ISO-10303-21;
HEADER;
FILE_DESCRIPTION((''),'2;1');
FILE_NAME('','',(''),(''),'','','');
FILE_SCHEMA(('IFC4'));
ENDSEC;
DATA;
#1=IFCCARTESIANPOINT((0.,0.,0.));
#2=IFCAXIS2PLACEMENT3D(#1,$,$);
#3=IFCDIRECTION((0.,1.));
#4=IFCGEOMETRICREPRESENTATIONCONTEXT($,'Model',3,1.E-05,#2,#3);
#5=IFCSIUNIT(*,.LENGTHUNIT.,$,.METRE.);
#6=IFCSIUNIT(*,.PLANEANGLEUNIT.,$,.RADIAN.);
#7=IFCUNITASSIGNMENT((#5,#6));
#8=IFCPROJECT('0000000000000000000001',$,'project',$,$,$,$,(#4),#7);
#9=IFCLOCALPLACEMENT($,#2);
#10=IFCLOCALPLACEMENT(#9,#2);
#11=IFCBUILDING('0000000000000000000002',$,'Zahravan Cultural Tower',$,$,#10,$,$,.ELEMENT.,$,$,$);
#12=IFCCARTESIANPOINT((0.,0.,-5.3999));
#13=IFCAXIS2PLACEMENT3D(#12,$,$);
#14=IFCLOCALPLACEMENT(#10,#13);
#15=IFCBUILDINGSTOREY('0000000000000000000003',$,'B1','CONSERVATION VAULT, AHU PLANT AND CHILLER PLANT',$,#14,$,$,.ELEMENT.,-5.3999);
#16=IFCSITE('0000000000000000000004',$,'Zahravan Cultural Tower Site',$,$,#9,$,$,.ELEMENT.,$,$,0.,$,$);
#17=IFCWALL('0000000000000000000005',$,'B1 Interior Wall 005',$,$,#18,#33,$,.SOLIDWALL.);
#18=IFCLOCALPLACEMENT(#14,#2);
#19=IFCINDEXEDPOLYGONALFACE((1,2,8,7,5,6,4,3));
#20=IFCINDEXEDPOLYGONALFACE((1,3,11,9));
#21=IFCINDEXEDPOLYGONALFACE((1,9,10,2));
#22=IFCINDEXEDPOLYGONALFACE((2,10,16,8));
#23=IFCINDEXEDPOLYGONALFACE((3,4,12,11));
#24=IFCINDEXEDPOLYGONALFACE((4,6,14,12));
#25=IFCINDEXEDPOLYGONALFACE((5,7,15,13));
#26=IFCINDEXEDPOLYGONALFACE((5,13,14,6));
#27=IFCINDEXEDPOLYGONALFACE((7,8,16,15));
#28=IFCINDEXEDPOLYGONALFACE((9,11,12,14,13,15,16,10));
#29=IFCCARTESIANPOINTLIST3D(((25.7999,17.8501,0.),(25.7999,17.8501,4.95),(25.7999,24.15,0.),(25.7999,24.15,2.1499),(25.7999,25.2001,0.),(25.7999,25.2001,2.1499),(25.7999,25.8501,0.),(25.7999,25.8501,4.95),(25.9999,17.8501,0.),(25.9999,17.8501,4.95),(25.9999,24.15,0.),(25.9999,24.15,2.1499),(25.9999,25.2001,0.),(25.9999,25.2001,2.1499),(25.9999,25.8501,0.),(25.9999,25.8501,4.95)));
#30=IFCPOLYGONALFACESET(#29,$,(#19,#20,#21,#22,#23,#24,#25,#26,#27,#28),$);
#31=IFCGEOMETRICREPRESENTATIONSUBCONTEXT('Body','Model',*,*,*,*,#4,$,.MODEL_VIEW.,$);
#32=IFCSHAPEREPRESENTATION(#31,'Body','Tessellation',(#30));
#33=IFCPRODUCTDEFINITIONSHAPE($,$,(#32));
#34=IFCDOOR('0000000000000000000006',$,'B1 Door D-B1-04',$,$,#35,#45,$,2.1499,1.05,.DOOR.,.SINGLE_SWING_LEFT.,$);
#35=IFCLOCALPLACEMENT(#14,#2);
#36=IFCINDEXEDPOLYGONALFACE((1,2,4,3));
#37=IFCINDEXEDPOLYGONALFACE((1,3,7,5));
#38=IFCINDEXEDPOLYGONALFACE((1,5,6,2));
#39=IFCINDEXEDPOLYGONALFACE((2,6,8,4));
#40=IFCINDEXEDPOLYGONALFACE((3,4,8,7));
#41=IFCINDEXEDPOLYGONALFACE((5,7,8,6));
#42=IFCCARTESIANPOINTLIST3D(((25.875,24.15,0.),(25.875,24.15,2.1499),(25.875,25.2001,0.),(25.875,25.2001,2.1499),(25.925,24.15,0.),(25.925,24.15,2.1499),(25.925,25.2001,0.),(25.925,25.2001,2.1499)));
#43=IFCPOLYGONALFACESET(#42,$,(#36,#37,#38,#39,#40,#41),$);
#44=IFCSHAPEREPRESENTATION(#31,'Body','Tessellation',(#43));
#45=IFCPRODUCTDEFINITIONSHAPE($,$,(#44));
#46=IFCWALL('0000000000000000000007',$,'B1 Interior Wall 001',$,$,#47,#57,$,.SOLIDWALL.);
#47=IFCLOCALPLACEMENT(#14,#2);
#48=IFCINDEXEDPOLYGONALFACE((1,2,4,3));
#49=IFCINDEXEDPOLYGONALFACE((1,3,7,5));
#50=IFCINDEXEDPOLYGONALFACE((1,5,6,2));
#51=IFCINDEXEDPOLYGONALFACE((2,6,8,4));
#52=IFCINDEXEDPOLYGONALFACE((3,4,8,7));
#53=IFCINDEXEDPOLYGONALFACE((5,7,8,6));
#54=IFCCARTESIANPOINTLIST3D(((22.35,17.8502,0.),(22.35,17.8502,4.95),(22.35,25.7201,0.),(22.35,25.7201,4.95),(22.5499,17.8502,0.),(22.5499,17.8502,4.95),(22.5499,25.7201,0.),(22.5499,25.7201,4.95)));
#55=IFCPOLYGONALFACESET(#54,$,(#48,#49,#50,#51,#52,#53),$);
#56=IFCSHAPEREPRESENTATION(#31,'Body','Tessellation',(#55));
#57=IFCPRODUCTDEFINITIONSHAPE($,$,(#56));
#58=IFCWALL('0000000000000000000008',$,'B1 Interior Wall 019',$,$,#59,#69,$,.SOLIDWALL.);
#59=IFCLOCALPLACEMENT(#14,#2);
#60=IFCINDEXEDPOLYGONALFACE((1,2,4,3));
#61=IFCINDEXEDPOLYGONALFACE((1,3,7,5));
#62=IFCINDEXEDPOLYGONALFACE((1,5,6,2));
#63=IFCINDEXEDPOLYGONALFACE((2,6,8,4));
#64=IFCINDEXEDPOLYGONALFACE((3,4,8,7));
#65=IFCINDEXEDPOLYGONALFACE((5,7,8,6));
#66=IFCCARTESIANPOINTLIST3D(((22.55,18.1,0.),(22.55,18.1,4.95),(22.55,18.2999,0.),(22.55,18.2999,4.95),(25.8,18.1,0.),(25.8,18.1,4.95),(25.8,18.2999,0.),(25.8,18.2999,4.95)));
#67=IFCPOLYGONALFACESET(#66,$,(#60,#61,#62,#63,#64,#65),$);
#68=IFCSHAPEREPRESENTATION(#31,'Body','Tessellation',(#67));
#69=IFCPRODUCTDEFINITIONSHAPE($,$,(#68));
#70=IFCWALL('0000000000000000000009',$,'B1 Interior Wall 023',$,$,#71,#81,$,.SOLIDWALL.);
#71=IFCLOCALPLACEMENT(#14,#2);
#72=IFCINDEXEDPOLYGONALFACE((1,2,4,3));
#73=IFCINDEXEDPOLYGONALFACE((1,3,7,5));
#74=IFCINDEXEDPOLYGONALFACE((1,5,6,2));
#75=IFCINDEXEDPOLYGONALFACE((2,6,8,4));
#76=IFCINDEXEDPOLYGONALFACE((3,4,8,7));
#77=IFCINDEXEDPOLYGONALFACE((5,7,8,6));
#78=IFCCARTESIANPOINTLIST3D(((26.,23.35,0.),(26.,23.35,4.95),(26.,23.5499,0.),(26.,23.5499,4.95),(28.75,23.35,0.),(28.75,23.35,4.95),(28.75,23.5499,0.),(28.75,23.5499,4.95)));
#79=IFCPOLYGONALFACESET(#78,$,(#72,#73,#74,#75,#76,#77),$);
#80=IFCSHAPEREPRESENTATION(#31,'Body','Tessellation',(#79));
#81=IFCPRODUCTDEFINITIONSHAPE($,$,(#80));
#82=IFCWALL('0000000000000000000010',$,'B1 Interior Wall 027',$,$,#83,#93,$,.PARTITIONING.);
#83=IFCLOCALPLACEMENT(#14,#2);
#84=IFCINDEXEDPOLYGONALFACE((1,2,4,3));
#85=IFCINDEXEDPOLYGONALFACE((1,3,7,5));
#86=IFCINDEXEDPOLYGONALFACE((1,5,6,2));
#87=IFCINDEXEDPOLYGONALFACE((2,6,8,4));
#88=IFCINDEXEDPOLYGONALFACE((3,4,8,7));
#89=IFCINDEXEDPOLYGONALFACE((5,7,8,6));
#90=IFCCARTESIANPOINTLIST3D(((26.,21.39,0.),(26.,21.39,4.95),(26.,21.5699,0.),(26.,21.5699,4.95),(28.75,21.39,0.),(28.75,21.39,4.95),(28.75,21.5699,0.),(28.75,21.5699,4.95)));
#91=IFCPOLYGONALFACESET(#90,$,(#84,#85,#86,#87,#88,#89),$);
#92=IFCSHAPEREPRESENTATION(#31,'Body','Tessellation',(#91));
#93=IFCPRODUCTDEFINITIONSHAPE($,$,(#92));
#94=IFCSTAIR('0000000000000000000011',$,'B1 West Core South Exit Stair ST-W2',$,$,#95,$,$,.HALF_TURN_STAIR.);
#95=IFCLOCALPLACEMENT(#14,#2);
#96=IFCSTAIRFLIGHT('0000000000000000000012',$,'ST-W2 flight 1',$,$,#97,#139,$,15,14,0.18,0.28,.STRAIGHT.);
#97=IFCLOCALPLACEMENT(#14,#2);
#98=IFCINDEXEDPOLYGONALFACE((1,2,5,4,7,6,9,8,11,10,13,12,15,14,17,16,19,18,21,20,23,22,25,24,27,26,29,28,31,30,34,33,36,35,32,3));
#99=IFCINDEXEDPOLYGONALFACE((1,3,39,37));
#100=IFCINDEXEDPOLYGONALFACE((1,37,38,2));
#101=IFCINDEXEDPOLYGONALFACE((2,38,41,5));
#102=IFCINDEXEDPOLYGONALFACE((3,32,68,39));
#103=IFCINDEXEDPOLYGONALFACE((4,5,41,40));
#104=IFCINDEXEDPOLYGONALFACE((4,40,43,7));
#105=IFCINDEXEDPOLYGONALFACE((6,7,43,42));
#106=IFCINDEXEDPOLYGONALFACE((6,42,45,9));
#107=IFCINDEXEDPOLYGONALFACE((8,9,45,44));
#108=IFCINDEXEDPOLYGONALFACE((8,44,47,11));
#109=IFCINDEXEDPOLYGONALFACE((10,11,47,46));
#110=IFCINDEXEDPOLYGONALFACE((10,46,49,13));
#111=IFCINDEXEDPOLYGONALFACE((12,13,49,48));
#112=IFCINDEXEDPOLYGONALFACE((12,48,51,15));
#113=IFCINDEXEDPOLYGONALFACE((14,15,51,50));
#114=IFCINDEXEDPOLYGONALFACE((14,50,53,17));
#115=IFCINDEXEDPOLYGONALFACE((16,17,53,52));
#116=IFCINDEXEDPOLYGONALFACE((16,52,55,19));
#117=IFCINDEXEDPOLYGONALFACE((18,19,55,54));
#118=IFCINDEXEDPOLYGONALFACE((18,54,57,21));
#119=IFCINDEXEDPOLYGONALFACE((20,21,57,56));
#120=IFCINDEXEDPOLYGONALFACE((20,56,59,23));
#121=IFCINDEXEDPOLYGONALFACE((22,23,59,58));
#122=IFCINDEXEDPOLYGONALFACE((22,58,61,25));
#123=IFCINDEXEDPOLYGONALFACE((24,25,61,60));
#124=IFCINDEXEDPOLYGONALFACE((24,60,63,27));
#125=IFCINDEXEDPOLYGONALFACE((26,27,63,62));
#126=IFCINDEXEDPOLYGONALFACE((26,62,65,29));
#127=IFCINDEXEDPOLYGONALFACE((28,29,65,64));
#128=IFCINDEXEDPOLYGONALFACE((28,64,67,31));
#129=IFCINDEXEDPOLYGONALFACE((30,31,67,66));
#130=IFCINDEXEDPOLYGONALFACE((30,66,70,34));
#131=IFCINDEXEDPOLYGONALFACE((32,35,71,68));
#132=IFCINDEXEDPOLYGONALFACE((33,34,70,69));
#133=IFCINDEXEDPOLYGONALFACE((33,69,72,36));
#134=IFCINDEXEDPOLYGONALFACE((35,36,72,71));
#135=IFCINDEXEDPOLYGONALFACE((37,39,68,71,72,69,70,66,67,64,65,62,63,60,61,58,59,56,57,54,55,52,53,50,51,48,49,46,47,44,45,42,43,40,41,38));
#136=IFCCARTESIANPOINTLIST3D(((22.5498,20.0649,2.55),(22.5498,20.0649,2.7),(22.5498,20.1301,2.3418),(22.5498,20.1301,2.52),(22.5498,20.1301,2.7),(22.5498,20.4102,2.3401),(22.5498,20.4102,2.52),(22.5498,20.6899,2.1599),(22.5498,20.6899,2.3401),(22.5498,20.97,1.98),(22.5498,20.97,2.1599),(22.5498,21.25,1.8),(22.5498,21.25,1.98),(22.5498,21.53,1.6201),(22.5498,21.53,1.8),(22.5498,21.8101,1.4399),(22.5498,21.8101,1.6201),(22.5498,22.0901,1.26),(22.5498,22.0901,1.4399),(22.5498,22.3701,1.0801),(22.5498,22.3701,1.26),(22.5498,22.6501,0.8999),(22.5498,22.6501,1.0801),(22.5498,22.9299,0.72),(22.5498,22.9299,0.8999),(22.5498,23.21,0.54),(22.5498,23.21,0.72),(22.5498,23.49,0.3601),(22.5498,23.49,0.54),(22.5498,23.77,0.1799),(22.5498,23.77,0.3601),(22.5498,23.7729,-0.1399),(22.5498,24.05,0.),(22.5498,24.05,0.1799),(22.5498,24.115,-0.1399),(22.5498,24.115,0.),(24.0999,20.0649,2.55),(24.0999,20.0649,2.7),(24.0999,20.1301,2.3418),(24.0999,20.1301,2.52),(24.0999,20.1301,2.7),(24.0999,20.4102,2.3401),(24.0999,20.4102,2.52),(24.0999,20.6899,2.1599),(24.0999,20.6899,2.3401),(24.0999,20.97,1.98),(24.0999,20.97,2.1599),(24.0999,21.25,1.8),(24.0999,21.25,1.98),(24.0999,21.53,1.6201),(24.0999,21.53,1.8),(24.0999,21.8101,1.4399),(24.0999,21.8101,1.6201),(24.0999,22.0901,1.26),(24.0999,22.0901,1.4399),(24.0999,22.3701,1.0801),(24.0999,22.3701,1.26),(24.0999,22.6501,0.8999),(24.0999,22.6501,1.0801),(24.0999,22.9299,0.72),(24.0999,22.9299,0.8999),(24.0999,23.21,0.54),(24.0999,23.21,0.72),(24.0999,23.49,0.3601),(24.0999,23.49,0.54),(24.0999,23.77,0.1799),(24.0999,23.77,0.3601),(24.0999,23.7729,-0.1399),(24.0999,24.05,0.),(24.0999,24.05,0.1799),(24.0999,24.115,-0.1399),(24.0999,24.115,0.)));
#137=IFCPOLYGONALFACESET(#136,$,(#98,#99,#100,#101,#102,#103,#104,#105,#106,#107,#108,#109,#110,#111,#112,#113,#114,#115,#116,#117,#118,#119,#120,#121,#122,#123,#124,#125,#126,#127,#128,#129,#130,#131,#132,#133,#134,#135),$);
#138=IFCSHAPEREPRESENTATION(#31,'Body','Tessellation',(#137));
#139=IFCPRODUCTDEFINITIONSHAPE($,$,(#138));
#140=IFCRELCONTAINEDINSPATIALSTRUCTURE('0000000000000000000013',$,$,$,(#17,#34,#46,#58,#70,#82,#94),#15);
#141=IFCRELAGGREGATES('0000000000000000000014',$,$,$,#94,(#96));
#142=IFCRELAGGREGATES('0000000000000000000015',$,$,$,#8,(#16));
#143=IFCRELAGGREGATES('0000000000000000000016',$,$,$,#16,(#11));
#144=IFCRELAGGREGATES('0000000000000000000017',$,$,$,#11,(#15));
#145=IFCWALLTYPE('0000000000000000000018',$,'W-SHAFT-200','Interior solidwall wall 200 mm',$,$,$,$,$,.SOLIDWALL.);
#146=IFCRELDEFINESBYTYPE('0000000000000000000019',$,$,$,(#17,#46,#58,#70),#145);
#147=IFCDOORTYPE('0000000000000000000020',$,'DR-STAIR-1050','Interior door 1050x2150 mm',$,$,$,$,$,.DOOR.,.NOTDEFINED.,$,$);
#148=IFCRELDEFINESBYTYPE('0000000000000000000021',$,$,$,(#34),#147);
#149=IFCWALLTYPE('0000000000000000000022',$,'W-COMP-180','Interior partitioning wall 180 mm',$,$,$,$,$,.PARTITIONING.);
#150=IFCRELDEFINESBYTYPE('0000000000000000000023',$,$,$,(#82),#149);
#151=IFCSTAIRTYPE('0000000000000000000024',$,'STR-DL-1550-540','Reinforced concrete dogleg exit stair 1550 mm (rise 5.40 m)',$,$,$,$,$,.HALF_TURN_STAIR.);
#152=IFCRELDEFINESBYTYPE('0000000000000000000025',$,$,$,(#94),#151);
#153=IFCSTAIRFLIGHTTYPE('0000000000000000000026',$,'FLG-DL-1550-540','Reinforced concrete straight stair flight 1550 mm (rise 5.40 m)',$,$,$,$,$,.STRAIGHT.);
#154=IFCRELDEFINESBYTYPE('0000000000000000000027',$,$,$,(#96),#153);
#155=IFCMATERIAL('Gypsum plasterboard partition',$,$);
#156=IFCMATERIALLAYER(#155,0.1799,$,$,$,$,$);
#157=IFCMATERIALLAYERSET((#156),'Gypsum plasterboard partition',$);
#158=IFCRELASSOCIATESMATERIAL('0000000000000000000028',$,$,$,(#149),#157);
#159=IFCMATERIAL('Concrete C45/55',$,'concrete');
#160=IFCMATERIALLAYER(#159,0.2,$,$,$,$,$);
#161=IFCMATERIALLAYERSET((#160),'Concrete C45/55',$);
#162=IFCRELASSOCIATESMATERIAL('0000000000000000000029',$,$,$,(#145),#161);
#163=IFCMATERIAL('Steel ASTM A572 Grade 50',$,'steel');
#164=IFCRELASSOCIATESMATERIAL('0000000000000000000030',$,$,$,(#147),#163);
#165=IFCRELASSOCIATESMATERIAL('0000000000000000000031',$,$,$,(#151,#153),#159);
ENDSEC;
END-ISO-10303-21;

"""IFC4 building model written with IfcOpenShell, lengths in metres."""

from ifc_helpers import new_model, si_unit, direction, frame, frame_2d, origin, place, context, subcontext, project, spatial, polyline, rectangle, outline, extrude, source, transform, mapped, material, layer, layer_set, type_object, element, fill, aggregate, save


model = new_model("IFC4")

# Units and contexts
model_context = context("Model", 3, precision=1e-05, world=origin(), true_north=direction((0.0, 1.0)))
body_context = subcontext(model_context, "Body", "Model", "MODEL_VIEW")
ifc_project = project(units=[si_unit("LENGTHUNIT", "METRE"), si_unit("PLANEANGLEUNIT", "RADIAN")], contexts=[model_context])

# Site, building, storey
site_placement = place(None, origin())
site = spatial("IfcSite", under=ifc_project, at=site_placement, Name="Zahravan Cultural Tower Site", CompositionType="ELEMENT", RefElevation=0.0)
building_placement = place(site_placement, origin())
building = spatial("IfcBuilding", under=site, at=building_placement, Name="Zahravan Cultural Tower", CompositionType="ELEMENT")
storey_placement = place(building_placement, frame((0.0, 0.0, -5.3999)))
storey = spatial("IfcBuildingStorey", under=building, at=storey_placement, Name="B1", Description="CONSERVATION VAULT, AHU PLANT AND CHILLER PLANT", CompositionType="ELEMENT", Elevation=-5.3999)

# Shared definitions
ifc_material_1 = material(Name="Concrete C45/55", Category="concrete")

# Wall, opening, door
ifc_material_2 = material(Name="Gypsum plasterboard partition")
ifc_layer_1 = layer(ifc_material_2, 0.1799)
ifc_layer_set_1 = layer_set([ifc_layer_1], Name="Gypsum plasterboard partition")
wall_type_1 = type_object("IfcWallType", Name="W-COMP-180", Description="Interior partitioning wall 180 mm", PredefinedType="PARTITIONING", material=ifc_layer_set_1)
ifc_material_3 = material(Name="Steel ASTM A572 Grade 50", Category="steel")
ifc_layer_2 = layer(ifc_material_1, 0.2)
ifc_layer_set_2 = layer_set([ifc_layer_2], Name="Concrete C45/55")
wall_type_2 = type_object("IfcWallType", Name="W-SHAFT-200", Description="Interior solidwall wall 200 mm", PredefinedType="SOLIDWALL", material=ifc_layer_set_2)
wall_1_placement = place(storey_placement, frame((25.8999, 17.8501, 0.0), z_axis=(0.0, 0.0, 1.0), x_axis=(0.0, 1.0, 0.0)))
wall_1 = element("IfcWall", 1, at=wall_1_placement, inside=storey, type_object=wall_type_2, Name="B1 Interior Wall 005", PredefinedType="SOLIDWALL", context=body_context, shape_type="SweptSolid", body=[
    extrude(rectangle(XDim=8.0, YDim=0.2, at=frame_2d((4.0, 0.0))), origin(), (0.0, 0.0, 1.0), 4.95),
])
opening_1_placement = place(wall_1_placement, frame((6.3, 0.0, 0.0)))
opening_1 = element("IfcOpeningElement", 2, at=opening_1_placement, cuts=wall_1, PredefinedType="OPENING", context=body_context, shape_type="SweptSolid", body=[
    extrude(rectangle(XDim=1.05, YDim=2.1499, at=frame_2d((0.5249, 1.075))), frame((0.0, 0.1099, 0.0), z_axis=(0.0, -1.0, 0.0), x_axis=(1.0, 0.0, 0.0)), (0.0, 0.0, 1.0), 0.22),
])
door_type_1 = type_object("IfcDoorType", Name="DR-STAIR-1050", Description="Interior door 1050x2150 mm", OperationType="NOTDEFINED", PredefinedType="DOOR", material=ifc_material_3)
shared_shape_1 = source(origin(), body_context, "Body", "SweptSolid", [
    extrude(rectangle(XDim=1.05, YDim=2.1499, at=frame_2d((0.5249, 1.075))), frame((0.0, 0.0249, 0.0), z_axis=(0.0, -1.0, 0.0), x_axis=(1.0, 0.0, 0.0)), (0.0, 0.0, 1.0), 0.05),
])
door_1_placement = place(opening_1_placement, origin())
door_1 = element("IfcDoor", 3, at=door_1_placement, inside=storey, type_object=door_type_1, Name="B1 Door D-B1-04", OperationType="SINGLE_SWING_LEFT", OverallHeight=2.1499, OverallWidth=1.05, PredefinedType="DOOR", context=body_context, shape_type="MappedRepresentation", body=[
    mapped(shared_shape_1, transform((0.0, 0.0, 0.0), x_axis=(1.0, 0.0, 0.0), y_axis=(0.0, 1.0, 0.0), z_axis=(0.0, 0.0, 1.0), scale=1.0)),
])
fill(opening_1, door_1)

# Walls
shared_shape_2 = source(origin(), body_context, "Body", "SweptSolid", [
    extrude(rectangle(XDim=7.8699, YDim=0.2, at=frame_2d((3.9351, 0.0))), origin(), (0.0, 0.0, 1.0), 4.95),
])
wall_2_placement = place(storey_placement, frame((22.45, 17.8501, 0.0), z_axis=(0.0, 0.0, 1.0), x_axis=(0.0, 1.0, 0.0)))
element("IfcWall", 4, at=wall_2_placement, inside=storey, type_object=wall_type_2, Name="B1 Interior Wall 001", PredefinedType="SOLIDWALL", context=body_context, shape_type="MappedRepresentation", body=[
    mapped(shared_shape_2, transform((0.0, 0.0, 0.0), x_axis=(1.0, 0.0, 0.0), y_axis=(0.0, 1.0, 0.0), z_axis=(0.0, 0.0, 1.0), scale=1.0)),
])
shared_shape_3 = source(origin(), body_context, "Body", "SweptSolid", [
    extrude(rectangle(XDim=3.25, YDim=0.2, at=frame_2d((1.625, 0.0))), origin(), (0.0, 0.0, 1.0), 4.95),
])
wall_3_placement = place(storey_placement, frame((22.55, 18.2, 0.0), z_axis=(0.0, 0.0, 1.0), x_axis=(1.0, 0.0, 0.0)))
element("IfcWall", 5, at=wall_3_placement, inside=storey, type_object=wall_type_2, Name="B1 Interior Wall 019", PredefinedType="SOLIDWALL", context=body_context, shape_type="MappedRepresentation", body=[
    mapped(shared_shape_3, transform((0.0, 0.0, 0.0), x_axis=(1.0, 0.0, 0.0), y_axis=(0.0, 1.0, 0.0), z_axis=(0.0, 0.0, 1.0), scale=1.0)),
])
shared_shape_4 = source(origin(), body_context, "Body", "SweptSolid", [
    extrude(rectangle(XDim=2.75, YDim=0.2, at=frame_2d((1.375, 0.0))), origin(), (0.0, 0.0, 1.0), 4.95),
])
wall_4_placement = place(storey_placement, frame((26.0, 23.45, 0.0), z_axis=(0.0, 0.0, 1.0), x_axis=(1.0, 0.0, 0.0)))
element("IfcWall", 6, at=wall_4_placement, inside=storey, type_object=wall_type_2, Name="B1 Interior Wall 023", PredefinedType="SOLIDWALL", context=body_context, shape_type="MappedRepresentation", body=[
    mapped(shared_shape_4, transform((0.0, 0.0, 0.0), x_axis=(1.0, 0.0, 0.0), y_axis=(0.0, 1.0, 0.0), z_axis=(0.0, 0.0, 1.0), scale=1.0)),
])
shared_shape_5 = source(origin(), body_context, "Body", "SweptSolid", [
    extrude(rectangle(XDim=2.75, YDim=0.1799, at=frame_2d((1.375, 0.0))), origin(), (0.0, 0.0, 1.0), 4.95),
])
wall_5_placement = place(storey_placement, frame((26.0, 21.48, 0.0), z_axis=(0.0, 0.0, 1.0), x_axis=(1.0, 0.0, 0.0)))
element("IfcWall", 7, at=wall_5_placement, inside=storey, type_object=wall_type_1, Name="B1 Interior Wall 027", PredefinedType="PARTITIONING", context=body_context, shape_type="MappedRepresentation", body=[
    mapped(shared_shape_5, transform((0.0, 0.0, 0.0), x_axis=(1.0, 0.0, 0.0), y_axis=(0.0, 1.0, 0.0), z_axis=(0.0, 0.0, 1.0), scale=1.0)),
])

# Stair, stair flight
stair_type = type_object("IfcStairType", Name="STR-DL-1550-540", Description="Reinforced concrete dogleg exit stair 1550 mm (rise 5.40 m)", PredefinedType="HALF_TURN_STAIR", material=ifc_material_1)
stair_placement = place(storey_placement, origin())
stair = element("IfcStair", 8, at=stair_placement, inside=storey, type_object=stair_type, Name="B1 West Core South Exit Stair ST-W2", PredefinedType="HALF_TURN_STAIR")
stair_flight_type = type_object("IfcStairFlightType", Name="FLG-DL-1550-540", Description="Reinforced concrete straight stair flight 1550 mm (rise 5.40 m)", PredefinedType="STRAIGHT", material=ifc_material_1)
stair_flight_1_placement = place(storey_placement, frame((23.325, 24.05, 0.0), z_axis=(0.0, 0.0, 1.0), x_axis=(0.0, -1.0, 0.0)))
stair_flight_1 = element("IfcStairFlight", 9, at=stair_flight_1_placement, type_object=stair_flight_type, Name="ST-W2 flight 1", NumberOfRisers=15, NumberOfTreads=14, PredefinedType="STRAIGHT", RiserHeight=0.18, TreadLength=0.28, context=body_context, shape_type="SweptSolid", body=[
    extrude(outline(polyline([(-0.0649, -0.1399), (-0.0649, 0.0), (0.0, 0.0), (0.0, 0.1799), (0.28, 0.1799), (0.28, 0.3601), (0.5601, 0.3601), (0.5601, 0.54), (0.8401, 0.54), (0.8401, 0.72), (1.1201, 0.72), (1.1201, 0.8999), (1.3999, 0.8999), (1.3999, 1.0801), (1.6799, 1.0801), (1.6799, 1.26), (1.96, 1.26), (1.96, 1.4399), (2.24, 1.4399), (2.24, 1.6201), (2.52, 1.6201), (2.52, 1.8), (2.8, 1.8), (2.8, 1.98), (3.0801, 1.98), (3.0801, 2.1599), (3.3601, 2.1599), (3.3601, 2.3401), (3.6399, 2.3401), (3.6399, 2.52), (3.9199, 2.52), (3.9199, 2.7), (3.9851, 2.7), (3.9851, 2.55), (3.9199, 2.3418), (0.2771, -0.1399), (-0.0649, -0.1399)])), frame((0.0, 0.7749, 0.0), z_axis=(0.0, -1.0, 0.0), x_axis=(1.0, 0.0, 0.0)), (0.0, 0.0, 1.0), 1.55),
])
aggregate(stair, [stair_flight_1])

save(model, "model.ifc")
